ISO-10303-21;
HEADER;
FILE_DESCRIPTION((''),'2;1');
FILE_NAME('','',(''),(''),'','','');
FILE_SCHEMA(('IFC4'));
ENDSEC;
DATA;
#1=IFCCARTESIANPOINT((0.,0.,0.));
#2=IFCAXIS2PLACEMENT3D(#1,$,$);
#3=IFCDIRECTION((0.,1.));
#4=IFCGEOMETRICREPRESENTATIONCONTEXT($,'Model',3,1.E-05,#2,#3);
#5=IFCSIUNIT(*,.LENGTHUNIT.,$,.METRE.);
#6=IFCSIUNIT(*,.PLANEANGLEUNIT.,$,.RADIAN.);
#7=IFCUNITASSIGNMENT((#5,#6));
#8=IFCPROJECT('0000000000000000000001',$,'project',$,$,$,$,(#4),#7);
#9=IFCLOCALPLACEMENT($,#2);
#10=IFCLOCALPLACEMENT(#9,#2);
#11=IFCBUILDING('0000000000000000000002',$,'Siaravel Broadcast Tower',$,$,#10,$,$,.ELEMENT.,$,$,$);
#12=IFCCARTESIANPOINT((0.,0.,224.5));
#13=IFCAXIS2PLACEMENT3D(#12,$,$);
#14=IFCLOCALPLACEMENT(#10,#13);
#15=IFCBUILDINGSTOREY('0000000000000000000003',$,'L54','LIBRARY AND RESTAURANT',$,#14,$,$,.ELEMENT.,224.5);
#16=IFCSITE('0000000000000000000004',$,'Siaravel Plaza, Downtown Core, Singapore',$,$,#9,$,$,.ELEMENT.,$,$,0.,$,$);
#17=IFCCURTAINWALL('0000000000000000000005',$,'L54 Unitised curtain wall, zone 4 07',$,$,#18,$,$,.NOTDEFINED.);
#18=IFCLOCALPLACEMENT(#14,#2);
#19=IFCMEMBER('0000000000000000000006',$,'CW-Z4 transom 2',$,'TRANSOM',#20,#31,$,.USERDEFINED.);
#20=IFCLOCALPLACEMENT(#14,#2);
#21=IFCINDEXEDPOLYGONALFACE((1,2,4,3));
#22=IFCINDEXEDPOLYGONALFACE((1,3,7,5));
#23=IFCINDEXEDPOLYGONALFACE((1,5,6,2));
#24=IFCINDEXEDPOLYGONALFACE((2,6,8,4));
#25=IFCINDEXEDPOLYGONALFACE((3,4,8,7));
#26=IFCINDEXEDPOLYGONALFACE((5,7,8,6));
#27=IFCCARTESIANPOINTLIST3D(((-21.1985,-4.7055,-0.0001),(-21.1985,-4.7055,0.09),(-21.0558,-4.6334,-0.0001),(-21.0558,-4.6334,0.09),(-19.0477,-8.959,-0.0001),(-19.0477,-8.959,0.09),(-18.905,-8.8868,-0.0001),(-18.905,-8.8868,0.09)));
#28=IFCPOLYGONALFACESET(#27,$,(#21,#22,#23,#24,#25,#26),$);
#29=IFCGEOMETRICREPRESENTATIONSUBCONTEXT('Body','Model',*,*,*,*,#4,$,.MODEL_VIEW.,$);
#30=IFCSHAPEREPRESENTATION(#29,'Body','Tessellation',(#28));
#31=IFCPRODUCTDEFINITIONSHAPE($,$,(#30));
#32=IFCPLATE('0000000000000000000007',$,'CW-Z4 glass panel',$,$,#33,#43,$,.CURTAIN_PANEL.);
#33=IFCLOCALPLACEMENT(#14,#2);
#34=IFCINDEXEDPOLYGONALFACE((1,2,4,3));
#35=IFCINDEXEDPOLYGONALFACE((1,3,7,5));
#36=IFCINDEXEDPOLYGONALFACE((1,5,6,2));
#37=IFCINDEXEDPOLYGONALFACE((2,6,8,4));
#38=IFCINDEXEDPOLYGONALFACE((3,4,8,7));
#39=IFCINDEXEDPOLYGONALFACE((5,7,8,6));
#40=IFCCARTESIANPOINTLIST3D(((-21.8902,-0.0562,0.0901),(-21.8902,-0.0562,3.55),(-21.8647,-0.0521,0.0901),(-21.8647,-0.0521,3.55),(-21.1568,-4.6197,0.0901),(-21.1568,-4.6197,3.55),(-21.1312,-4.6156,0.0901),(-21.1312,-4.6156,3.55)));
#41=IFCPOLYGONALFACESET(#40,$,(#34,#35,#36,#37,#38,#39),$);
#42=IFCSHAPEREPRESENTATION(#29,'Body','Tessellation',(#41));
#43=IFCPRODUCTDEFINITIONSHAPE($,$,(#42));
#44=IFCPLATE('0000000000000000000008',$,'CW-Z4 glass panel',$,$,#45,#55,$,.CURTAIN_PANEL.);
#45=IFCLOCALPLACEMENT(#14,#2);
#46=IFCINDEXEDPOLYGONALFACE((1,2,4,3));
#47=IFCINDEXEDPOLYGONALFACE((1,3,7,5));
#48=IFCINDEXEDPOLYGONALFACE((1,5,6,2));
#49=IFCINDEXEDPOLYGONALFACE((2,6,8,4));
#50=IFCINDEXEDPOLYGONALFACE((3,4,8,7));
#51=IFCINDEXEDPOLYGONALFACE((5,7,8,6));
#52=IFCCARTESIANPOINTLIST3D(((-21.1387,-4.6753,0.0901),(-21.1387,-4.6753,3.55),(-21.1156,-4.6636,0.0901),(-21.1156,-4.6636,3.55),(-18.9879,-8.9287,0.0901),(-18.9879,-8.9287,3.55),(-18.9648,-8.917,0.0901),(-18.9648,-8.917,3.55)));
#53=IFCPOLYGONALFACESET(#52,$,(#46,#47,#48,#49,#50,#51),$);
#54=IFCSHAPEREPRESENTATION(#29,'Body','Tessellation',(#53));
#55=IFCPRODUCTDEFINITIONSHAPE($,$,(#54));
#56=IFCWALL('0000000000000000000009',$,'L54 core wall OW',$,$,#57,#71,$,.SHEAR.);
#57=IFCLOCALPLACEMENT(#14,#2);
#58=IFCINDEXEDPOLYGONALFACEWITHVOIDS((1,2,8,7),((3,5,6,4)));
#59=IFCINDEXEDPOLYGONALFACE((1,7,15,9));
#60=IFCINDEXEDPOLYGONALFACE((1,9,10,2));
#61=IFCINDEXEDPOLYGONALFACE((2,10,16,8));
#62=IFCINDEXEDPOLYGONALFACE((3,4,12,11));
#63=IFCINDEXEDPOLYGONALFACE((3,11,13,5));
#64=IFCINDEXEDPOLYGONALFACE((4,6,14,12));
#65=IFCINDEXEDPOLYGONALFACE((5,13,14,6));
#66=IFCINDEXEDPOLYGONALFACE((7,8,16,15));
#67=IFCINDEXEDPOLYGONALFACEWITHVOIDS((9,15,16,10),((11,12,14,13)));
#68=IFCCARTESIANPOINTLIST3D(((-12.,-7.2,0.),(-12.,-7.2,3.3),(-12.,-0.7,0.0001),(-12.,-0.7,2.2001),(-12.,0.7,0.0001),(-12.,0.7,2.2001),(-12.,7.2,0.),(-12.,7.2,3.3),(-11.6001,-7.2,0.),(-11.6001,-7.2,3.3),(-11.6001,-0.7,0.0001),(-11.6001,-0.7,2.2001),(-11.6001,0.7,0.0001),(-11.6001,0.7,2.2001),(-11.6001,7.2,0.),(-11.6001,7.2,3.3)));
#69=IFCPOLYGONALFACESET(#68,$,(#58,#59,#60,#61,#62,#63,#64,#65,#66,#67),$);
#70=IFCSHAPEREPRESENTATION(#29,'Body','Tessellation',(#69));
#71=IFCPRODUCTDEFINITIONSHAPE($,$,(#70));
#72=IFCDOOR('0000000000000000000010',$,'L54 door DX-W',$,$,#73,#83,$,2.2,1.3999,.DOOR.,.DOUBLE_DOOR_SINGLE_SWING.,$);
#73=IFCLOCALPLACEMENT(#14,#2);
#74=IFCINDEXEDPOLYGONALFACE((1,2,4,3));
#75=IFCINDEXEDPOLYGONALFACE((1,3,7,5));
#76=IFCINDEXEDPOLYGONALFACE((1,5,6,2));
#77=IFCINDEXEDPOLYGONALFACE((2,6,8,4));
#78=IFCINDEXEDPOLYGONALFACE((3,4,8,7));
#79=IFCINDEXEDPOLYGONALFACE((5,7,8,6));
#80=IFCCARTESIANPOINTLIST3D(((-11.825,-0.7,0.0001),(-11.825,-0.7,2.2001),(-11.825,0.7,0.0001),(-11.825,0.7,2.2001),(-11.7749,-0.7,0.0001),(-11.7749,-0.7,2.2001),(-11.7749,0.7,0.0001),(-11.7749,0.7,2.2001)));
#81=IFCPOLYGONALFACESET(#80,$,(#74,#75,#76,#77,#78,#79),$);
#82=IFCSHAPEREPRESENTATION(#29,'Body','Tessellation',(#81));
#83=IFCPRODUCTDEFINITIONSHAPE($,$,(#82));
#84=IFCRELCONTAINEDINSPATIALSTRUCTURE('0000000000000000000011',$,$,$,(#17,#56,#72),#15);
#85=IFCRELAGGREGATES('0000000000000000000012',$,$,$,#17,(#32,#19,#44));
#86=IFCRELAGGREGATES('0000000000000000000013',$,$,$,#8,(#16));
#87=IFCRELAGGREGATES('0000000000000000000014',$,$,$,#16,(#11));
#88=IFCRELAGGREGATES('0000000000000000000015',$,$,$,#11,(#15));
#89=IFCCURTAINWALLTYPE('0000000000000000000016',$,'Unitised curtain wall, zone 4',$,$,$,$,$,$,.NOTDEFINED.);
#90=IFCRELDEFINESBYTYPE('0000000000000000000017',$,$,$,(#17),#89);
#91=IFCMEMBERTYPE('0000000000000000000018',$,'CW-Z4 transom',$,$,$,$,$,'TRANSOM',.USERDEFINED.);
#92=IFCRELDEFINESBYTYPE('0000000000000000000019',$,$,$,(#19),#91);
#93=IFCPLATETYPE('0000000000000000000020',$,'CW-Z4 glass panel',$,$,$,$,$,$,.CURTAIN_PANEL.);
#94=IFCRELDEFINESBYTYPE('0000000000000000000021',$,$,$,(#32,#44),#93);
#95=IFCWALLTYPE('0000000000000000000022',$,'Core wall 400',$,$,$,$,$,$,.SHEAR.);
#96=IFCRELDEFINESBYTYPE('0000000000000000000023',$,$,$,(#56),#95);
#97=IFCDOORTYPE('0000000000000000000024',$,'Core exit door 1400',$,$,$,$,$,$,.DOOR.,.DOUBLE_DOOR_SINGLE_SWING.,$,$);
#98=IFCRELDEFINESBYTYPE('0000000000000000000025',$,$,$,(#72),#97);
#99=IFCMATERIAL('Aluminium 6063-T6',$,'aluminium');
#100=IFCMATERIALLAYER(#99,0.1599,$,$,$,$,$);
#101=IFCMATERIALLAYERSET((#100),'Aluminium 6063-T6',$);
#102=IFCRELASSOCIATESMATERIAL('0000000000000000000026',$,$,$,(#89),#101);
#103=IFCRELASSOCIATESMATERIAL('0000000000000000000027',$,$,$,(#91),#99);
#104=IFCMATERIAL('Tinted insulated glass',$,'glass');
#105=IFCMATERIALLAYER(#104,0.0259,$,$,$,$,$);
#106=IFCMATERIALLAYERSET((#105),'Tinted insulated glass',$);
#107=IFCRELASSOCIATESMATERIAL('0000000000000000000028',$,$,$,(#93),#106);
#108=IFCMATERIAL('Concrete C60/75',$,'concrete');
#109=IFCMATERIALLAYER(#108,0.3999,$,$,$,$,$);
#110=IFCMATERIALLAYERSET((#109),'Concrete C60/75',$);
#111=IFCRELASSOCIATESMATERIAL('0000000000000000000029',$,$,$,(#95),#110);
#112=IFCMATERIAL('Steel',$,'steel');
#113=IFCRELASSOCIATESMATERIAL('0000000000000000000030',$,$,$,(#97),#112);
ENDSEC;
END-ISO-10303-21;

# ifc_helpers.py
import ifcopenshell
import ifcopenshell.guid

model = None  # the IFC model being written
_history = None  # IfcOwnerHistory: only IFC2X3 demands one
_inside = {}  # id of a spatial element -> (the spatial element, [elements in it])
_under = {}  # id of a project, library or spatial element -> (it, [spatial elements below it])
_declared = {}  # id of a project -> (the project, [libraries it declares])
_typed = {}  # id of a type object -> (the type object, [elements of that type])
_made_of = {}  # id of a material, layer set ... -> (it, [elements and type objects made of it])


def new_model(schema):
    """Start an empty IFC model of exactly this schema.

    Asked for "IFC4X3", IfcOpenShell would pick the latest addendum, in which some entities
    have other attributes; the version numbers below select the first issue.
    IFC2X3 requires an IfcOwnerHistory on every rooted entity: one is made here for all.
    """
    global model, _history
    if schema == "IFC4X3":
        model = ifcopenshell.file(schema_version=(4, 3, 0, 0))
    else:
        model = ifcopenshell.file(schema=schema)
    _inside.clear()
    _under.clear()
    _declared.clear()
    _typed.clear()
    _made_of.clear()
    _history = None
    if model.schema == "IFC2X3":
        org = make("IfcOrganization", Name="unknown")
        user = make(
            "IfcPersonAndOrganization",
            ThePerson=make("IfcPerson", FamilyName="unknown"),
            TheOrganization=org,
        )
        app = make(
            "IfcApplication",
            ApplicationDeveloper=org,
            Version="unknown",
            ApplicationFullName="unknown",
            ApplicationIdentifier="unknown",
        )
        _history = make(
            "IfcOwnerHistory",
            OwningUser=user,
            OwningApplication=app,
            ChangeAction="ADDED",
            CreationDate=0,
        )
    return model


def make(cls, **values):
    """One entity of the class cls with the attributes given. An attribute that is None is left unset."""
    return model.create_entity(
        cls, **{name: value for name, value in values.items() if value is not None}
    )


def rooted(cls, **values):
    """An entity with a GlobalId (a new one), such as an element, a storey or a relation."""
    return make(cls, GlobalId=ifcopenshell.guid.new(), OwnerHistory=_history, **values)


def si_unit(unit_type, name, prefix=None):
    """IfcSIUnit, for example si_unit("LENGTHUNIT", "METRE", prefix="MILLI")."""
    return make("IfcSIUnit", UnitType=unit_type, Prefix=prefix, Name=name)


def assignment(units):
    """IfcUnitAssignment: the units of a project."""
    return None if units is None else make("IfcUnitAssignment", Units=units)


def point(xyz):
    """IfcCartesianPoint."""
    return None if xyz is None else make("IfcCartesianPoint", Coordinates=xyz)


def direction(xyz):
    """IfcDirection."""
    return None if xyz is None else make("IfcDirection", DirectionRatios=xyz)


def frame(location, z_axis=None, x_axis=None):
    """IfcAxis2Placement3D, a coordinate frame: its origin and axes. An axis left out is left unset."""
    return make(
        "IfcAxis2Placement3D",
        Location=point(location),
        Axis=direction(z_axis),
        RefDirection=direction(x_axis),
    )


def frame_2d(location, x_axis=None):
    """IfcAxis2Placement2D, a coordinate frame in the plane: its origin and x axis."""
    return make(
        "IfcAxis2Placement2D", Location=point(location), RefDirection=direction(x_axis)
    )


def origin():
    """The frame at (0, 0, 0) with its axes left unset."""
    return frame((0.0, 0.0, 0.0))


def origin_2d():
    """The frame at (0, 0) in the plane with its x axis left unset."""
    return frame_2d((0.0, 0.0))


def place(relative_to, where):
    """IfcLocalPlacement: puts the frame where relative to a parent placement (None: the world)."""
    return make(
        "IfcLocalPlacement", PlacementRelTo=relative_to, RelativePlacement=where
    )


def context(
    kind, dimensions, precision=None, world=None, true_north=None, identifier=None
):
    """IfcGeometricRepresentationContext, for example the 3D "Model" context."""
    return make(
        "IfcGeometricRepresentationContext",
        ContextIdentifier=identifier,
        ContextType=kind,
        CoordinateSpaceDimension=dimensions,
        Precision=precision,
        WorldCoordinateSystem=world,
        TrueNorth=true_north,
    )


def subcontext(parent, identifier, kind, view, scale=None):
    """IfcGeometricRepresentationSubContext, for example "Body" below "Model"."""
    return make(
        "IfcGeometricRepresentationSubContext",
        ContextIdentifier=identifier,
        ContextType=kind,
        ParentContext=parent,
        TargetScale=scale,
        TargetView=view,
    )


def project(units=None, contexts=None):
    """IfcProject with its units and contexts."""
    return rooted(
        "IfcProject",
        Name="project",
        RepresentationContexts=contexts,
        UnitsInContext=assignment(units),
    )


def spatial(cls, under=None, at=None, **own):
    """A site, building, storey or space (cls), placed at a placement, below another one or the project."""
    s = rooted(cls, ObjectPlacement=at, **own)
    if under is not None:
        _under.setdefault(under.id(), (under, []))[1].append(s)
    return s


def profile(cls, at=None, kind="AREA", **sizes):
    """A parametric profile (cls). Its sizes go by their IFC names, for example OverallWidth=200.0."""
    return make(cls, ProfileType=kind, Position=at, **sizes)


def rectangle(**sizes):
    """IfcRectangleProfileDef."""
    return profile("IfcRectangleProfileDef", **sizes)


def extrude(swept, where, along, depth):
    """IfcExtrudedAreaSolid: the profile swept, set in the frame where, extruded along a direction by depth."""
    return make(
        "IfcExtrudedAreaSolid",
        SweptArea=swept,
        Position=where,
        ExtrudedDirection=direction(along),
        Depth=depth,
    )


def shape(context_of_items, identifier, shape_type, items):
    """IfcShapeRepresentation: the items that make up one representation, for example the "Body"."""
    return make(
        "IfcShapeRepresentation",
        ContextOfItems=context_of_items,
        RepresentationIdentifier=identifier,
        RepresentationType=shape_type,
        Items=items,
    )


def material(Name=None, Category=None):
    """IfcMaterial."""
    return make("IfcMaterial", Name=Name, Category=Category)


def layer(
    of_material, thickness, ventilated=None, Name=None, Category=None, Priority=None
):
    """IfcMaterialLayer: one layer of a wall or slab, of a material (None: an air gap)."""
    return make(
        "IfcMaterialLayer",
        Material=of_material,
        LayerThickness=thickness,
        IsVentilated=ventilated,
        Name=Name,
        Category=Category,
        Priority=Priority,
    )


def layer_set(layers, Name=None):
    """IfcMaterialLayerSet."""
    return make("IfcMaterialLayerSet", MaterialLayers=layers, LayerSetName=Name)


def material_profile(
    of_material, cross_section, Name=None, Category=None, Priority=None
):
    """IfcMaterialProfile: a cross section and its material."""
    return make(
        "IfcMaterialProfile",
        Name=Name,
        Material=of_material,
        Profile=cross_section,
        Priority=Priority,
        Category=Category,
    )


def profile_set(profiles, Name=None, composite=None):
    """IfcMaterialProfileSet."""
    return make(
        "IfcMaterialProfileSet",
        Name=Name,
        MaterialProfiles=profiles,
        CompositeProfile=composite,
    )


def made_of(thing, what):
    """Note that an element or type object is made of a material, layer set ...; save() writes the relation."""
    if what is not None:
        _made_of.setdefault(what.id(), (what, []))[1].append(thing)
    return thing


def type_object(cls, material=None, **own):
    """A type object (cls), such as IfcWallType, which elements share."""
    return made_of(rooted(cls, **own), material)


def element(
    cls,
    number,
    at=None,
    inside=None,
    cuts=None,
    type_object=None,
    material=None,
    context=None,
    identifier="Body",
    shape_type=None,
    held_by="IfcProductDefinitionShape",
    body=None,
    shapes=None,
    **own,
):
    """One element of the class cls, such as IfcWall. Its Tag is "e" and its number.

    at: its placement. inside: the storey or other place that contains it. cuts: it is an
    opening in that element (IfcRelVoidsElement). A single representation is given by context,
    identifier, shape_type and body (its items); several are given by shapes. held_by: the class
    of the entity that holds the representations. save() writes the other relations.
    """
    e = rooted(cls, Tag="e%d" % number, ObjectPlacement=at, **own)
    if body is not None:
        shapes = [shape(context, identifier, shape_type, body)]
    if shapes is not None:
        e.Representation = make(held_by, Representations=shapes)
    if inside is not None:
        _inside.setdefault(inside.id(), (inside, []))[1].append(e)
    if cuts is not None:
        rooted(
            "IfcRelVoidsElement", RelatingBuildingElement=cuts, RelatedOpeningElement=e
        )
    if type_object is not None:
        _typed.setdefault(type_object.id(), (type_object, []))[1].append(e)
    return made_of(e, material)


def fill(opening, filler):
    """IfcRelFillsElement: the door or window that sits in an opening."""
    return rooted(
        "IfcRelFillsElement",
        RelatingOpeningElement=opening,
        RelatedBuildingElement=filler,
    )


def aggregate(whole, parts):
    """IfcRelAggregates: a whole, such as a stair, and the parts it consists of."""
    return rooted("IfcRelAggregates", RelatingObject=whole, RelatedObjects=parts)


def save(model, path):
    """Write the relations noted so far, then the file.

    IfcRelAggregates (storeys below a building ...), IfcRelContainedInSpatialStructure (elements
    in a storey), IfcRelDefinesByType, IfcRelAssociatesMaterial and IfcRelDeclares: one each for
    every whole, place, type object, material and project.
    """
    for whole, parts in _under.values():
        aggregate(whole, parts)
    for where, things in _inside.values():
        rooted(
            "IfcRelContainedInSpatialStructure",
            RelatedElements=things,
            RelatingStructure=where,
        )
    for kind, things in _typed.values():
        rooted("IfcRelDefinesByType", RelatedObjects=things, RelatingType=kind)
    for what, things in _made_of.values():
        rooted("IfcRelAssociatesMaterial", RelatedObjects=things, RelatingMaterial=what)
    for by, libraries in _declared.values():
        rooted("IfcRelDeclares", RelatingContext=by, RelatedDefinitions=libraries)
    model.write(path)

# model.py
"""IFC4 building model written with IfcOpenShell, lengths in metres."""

from ifc_helpers import new_model, si_unit, direction, frame, frame_2d, origin, origin_2d, place, context, subcontext, project, spatial, rectangle, extrude, material, layer, layer_set, material_profile, profile_set, type_object, element, fill, aggregate, save


model = new_model("IFC4")

# Units and contexts
model_context = context("Model", 3, precision=1e-05, world=origin(), true_north=direction((0.0, 1.0)))
body_context = subcontext(model_context, "Body", "Model", "MODEL_VIEW")
ifc_project = project(units=[si_unit("LENGTHUNIT", "METRE"), si_unit("PLANEANGLEUNIT", "RADIAN")], contexts=[model_context])

# Site, building, storey
site_placement = place(None, origin())
site = spatial("IfcSite", under=ifc_project, at=site_placement, Name="Siaravel Plaza, Downtown Core, Singapore", CompositionType="ELEMENT", RefElevation=0.0)
building_placement = place(site_placement, origin())
building = spatial("IfcBuilding", under=site, at=building_placement, Name="Siaravel Broadcast Tower", CompositionType="ELEMENT")
storey_placement = place(building_placement, frame((0.0, 0.0, 224.5)))
storey = spatial("IfcBuildingStorey", under=building, at=storey_placement, Name="L54", Description="LIBRARY AND RESTAURANT", CompositionType="ELEMENT", Elevation=224.5)

# Curtain wall, member, plates
ifc_material_1 = material(Name="Aluminium 6063-T6", Category="aluminium")
ifc_layer_1 = layer(ifc_material_1, 0.1599)
ifc_layer_set_1 = layer_set([ifc_layer_1], Name="Aluminium 6063-T6")
curtain_wall_type = type_object("IfcCurtainWallType", Name="Unitised curtain wall, zone 4", PredefinedType="NOTDEFINED", material=ifc_layer_set_1)
curtain_wall_placement = place(storey_placement, origin())
curtain_wall = element("IfcCurtainWall", 1, at=curtain_wall_placement, inside=storey, type_object=curtain_wall_type, Name="L54 Unitised curtain wall, zone 4 07", PredefinedType="NOTDEFINED")
ifc_material_profile_1 = material_profile(ifc_material_1, rectangle(XDim=0.1599, YDim=0.0901, at=origin_2d()))
ifc_profile_set_1 = profile_set([ifc_material_profile_1], Name="Aluminium 6063-T6")
member_type_1 = type_object("IfcMemberType", Name="CW-Z4 transom", ElementType="TRANSOM", PredefinedType="USERDEFINED", material=ifc_profile_set_1)
member_1_placement = place(storey_placement, frame((-21.1272, -4.6694, 0.0449), z_axis=(0.451266, -0.89239, 0.0), x_axis=(0.89239, 0.451266, 0.0)))
member_1 = element("IfcMember", 2, at=member_1_placement, type_object=member_type_1, Name="CW-Z4 transom 2", ObjectType="TRANSOM", PredefinedType="USERDEFINED", context=body_context, shape_type="SweptSolid", body=[
    extrude(rectangle(XDim=0.1599, YDim=0.0901, at=origin_2d()), origin(), (0.0, 0.0, 1.0), 4.7664),
])
ifc_material_2 = material(Name="Tinted insulated glass", Category="glass")
ifc_layer_2 = layer(ifc_material_2, 0.0259)
ifc_layer_set_2 = layer_set([ifc_layer_2], Name="Tinted insulated glass")
plate_type = type_object("IfcPlateType", Name="CW-Z4 glass panel", PredefinedType="CURTAIN_PANEL", material=ifc_layer_set_2)
plate_1_placement = place(storey_placement, frame((-21.5107, -2.3359, 0.0901), z_axis=(0.0, 0.0, 1.0), x_axis=(0.158685, -0.987329, 0.0)))
plate_1 = element("IfcPlate", 3, at=plate_1_placement, type_object=plate_type, Name="CW-Z4 glass panel", PredefinedType="CURTAIN_PANEL", context=body_context, shape_type="SweptSolid", body=[
    extrude(rectangle(XDim=4.6221, YDim=0.0259, at=origin_2d()), origin(), (0.0, 0.0, 1.0), 3.46),
])
plate_2_placement = place(storey_placement, frame((-20.0518, -6.7961, 0.0901), z_axis=(0.0, 0.0, 1.0), x_axis=(0.45126, -0.892393, 0.0)))
plate_2 = element("IfcPlate", 4, at=plate_2_placement, type_object=plate_type, Name="CW-Z4 glass panel", PredefinedType="CURTAIN_PANEL", context=body_context, shape_type="SweptSolid", body=[
    extrude(rectangle(XDim=4.7664, YDim=0.0259, at=origin_2d()), origin(), (0.0, 0.0, 1.0), 3.46),
])
aggregate(curtain_wall, [plate_1, member_1, plate_2])

# Wall, opening, door
ifc_material_3 = material(Name="Concrete C60/75", Category="concrete")
ifc_layer_3 = layer(ifc_material_3, 0.3999)
ifc_layer_set_3 = layer_set([ifc_layer_3], Name="Concrete C60/75")
wall_type_1 = type_object("IfcWallType", Name="Core wall 400", PredefinedType="SHEAR", material=ifc_layer_set_3)
wall_1_placement = place(storey_placement, frame((-11.8, -7.2, 0.0), z_axis=(0.0, 0.0, 1.0), x_axis=(0.0, 1.0, 0.0)))
wall_1 = element("IfcWall", 5, at=wall_1_placement, inside=storey, type_object=wall_type_1, Name="L54 core wall OW", PredefinedType="SHEAR", context=body_context, shape_type="SweptSolid", body=[
    extrude(rectangle(XDim=14.3999, YDim=0.3999, at=frame_2d((7.2, 0.0))), origin(), (0.0, 0.0, 1.0), 3.3),
])
opening_1_placement = place(wall_1_placement, frame((6.5, 0.0, 0.0)))
opening_1 = element("IfcOpeningElement", 6, at=opening_1_placement, cuts=wall_1, PredefinedType="OPENING", context=body_context, shape_type="SweptSolid", body=[
    extrude(rectangle(XDim=1.3999, YDim=2.2, at=frame_2d((0.7, 1.1001))), frame((0.0, 0.21, 0.0), z_axis=(0.0, -1.0, 0.0), x_axis=(1.0, 0.0, 0.0)), (0.0, 0.0, 1.0), 0.4199),
])
ifc_material_4 = material(Name="Steel", Category="steel")
door_type_1 = type_object("IfcDoorType", Name="Core exit door 1400", OperationType="DOUBLE_DOOR_SINGLE_SWING", PredefinedType="DOOR", material=ifc_material_4)
door_1_placement = place(opening_1_placement, origin())
door_1 = element("IfcDoor", 7, at=door_1_placement, inside=storey, type_object=door_type_1, Name="L54 door DX-W", OperationType="DOUBLE_DOOR_SINGLE_SWING", OverallHeight=2.2, OverallWidth=1.3999, PredefinedType="DOOR", context=body_context, shape_type="SweptSolid", body=[
    extrude(rectangle(XDim=1.3999, YDim=2.2, at=frame_2d((0.7, 1.1001))), frame((0.0, 0.0249, 0.0), z_axis=(0.0, -1.0, 0.0), x_axis=(1.0, 0.0, 0.0)), (0.0, 0.0, 1.0), 0.05),
])
fill(opening_1, door_1)

save(model, "model.ifc")
